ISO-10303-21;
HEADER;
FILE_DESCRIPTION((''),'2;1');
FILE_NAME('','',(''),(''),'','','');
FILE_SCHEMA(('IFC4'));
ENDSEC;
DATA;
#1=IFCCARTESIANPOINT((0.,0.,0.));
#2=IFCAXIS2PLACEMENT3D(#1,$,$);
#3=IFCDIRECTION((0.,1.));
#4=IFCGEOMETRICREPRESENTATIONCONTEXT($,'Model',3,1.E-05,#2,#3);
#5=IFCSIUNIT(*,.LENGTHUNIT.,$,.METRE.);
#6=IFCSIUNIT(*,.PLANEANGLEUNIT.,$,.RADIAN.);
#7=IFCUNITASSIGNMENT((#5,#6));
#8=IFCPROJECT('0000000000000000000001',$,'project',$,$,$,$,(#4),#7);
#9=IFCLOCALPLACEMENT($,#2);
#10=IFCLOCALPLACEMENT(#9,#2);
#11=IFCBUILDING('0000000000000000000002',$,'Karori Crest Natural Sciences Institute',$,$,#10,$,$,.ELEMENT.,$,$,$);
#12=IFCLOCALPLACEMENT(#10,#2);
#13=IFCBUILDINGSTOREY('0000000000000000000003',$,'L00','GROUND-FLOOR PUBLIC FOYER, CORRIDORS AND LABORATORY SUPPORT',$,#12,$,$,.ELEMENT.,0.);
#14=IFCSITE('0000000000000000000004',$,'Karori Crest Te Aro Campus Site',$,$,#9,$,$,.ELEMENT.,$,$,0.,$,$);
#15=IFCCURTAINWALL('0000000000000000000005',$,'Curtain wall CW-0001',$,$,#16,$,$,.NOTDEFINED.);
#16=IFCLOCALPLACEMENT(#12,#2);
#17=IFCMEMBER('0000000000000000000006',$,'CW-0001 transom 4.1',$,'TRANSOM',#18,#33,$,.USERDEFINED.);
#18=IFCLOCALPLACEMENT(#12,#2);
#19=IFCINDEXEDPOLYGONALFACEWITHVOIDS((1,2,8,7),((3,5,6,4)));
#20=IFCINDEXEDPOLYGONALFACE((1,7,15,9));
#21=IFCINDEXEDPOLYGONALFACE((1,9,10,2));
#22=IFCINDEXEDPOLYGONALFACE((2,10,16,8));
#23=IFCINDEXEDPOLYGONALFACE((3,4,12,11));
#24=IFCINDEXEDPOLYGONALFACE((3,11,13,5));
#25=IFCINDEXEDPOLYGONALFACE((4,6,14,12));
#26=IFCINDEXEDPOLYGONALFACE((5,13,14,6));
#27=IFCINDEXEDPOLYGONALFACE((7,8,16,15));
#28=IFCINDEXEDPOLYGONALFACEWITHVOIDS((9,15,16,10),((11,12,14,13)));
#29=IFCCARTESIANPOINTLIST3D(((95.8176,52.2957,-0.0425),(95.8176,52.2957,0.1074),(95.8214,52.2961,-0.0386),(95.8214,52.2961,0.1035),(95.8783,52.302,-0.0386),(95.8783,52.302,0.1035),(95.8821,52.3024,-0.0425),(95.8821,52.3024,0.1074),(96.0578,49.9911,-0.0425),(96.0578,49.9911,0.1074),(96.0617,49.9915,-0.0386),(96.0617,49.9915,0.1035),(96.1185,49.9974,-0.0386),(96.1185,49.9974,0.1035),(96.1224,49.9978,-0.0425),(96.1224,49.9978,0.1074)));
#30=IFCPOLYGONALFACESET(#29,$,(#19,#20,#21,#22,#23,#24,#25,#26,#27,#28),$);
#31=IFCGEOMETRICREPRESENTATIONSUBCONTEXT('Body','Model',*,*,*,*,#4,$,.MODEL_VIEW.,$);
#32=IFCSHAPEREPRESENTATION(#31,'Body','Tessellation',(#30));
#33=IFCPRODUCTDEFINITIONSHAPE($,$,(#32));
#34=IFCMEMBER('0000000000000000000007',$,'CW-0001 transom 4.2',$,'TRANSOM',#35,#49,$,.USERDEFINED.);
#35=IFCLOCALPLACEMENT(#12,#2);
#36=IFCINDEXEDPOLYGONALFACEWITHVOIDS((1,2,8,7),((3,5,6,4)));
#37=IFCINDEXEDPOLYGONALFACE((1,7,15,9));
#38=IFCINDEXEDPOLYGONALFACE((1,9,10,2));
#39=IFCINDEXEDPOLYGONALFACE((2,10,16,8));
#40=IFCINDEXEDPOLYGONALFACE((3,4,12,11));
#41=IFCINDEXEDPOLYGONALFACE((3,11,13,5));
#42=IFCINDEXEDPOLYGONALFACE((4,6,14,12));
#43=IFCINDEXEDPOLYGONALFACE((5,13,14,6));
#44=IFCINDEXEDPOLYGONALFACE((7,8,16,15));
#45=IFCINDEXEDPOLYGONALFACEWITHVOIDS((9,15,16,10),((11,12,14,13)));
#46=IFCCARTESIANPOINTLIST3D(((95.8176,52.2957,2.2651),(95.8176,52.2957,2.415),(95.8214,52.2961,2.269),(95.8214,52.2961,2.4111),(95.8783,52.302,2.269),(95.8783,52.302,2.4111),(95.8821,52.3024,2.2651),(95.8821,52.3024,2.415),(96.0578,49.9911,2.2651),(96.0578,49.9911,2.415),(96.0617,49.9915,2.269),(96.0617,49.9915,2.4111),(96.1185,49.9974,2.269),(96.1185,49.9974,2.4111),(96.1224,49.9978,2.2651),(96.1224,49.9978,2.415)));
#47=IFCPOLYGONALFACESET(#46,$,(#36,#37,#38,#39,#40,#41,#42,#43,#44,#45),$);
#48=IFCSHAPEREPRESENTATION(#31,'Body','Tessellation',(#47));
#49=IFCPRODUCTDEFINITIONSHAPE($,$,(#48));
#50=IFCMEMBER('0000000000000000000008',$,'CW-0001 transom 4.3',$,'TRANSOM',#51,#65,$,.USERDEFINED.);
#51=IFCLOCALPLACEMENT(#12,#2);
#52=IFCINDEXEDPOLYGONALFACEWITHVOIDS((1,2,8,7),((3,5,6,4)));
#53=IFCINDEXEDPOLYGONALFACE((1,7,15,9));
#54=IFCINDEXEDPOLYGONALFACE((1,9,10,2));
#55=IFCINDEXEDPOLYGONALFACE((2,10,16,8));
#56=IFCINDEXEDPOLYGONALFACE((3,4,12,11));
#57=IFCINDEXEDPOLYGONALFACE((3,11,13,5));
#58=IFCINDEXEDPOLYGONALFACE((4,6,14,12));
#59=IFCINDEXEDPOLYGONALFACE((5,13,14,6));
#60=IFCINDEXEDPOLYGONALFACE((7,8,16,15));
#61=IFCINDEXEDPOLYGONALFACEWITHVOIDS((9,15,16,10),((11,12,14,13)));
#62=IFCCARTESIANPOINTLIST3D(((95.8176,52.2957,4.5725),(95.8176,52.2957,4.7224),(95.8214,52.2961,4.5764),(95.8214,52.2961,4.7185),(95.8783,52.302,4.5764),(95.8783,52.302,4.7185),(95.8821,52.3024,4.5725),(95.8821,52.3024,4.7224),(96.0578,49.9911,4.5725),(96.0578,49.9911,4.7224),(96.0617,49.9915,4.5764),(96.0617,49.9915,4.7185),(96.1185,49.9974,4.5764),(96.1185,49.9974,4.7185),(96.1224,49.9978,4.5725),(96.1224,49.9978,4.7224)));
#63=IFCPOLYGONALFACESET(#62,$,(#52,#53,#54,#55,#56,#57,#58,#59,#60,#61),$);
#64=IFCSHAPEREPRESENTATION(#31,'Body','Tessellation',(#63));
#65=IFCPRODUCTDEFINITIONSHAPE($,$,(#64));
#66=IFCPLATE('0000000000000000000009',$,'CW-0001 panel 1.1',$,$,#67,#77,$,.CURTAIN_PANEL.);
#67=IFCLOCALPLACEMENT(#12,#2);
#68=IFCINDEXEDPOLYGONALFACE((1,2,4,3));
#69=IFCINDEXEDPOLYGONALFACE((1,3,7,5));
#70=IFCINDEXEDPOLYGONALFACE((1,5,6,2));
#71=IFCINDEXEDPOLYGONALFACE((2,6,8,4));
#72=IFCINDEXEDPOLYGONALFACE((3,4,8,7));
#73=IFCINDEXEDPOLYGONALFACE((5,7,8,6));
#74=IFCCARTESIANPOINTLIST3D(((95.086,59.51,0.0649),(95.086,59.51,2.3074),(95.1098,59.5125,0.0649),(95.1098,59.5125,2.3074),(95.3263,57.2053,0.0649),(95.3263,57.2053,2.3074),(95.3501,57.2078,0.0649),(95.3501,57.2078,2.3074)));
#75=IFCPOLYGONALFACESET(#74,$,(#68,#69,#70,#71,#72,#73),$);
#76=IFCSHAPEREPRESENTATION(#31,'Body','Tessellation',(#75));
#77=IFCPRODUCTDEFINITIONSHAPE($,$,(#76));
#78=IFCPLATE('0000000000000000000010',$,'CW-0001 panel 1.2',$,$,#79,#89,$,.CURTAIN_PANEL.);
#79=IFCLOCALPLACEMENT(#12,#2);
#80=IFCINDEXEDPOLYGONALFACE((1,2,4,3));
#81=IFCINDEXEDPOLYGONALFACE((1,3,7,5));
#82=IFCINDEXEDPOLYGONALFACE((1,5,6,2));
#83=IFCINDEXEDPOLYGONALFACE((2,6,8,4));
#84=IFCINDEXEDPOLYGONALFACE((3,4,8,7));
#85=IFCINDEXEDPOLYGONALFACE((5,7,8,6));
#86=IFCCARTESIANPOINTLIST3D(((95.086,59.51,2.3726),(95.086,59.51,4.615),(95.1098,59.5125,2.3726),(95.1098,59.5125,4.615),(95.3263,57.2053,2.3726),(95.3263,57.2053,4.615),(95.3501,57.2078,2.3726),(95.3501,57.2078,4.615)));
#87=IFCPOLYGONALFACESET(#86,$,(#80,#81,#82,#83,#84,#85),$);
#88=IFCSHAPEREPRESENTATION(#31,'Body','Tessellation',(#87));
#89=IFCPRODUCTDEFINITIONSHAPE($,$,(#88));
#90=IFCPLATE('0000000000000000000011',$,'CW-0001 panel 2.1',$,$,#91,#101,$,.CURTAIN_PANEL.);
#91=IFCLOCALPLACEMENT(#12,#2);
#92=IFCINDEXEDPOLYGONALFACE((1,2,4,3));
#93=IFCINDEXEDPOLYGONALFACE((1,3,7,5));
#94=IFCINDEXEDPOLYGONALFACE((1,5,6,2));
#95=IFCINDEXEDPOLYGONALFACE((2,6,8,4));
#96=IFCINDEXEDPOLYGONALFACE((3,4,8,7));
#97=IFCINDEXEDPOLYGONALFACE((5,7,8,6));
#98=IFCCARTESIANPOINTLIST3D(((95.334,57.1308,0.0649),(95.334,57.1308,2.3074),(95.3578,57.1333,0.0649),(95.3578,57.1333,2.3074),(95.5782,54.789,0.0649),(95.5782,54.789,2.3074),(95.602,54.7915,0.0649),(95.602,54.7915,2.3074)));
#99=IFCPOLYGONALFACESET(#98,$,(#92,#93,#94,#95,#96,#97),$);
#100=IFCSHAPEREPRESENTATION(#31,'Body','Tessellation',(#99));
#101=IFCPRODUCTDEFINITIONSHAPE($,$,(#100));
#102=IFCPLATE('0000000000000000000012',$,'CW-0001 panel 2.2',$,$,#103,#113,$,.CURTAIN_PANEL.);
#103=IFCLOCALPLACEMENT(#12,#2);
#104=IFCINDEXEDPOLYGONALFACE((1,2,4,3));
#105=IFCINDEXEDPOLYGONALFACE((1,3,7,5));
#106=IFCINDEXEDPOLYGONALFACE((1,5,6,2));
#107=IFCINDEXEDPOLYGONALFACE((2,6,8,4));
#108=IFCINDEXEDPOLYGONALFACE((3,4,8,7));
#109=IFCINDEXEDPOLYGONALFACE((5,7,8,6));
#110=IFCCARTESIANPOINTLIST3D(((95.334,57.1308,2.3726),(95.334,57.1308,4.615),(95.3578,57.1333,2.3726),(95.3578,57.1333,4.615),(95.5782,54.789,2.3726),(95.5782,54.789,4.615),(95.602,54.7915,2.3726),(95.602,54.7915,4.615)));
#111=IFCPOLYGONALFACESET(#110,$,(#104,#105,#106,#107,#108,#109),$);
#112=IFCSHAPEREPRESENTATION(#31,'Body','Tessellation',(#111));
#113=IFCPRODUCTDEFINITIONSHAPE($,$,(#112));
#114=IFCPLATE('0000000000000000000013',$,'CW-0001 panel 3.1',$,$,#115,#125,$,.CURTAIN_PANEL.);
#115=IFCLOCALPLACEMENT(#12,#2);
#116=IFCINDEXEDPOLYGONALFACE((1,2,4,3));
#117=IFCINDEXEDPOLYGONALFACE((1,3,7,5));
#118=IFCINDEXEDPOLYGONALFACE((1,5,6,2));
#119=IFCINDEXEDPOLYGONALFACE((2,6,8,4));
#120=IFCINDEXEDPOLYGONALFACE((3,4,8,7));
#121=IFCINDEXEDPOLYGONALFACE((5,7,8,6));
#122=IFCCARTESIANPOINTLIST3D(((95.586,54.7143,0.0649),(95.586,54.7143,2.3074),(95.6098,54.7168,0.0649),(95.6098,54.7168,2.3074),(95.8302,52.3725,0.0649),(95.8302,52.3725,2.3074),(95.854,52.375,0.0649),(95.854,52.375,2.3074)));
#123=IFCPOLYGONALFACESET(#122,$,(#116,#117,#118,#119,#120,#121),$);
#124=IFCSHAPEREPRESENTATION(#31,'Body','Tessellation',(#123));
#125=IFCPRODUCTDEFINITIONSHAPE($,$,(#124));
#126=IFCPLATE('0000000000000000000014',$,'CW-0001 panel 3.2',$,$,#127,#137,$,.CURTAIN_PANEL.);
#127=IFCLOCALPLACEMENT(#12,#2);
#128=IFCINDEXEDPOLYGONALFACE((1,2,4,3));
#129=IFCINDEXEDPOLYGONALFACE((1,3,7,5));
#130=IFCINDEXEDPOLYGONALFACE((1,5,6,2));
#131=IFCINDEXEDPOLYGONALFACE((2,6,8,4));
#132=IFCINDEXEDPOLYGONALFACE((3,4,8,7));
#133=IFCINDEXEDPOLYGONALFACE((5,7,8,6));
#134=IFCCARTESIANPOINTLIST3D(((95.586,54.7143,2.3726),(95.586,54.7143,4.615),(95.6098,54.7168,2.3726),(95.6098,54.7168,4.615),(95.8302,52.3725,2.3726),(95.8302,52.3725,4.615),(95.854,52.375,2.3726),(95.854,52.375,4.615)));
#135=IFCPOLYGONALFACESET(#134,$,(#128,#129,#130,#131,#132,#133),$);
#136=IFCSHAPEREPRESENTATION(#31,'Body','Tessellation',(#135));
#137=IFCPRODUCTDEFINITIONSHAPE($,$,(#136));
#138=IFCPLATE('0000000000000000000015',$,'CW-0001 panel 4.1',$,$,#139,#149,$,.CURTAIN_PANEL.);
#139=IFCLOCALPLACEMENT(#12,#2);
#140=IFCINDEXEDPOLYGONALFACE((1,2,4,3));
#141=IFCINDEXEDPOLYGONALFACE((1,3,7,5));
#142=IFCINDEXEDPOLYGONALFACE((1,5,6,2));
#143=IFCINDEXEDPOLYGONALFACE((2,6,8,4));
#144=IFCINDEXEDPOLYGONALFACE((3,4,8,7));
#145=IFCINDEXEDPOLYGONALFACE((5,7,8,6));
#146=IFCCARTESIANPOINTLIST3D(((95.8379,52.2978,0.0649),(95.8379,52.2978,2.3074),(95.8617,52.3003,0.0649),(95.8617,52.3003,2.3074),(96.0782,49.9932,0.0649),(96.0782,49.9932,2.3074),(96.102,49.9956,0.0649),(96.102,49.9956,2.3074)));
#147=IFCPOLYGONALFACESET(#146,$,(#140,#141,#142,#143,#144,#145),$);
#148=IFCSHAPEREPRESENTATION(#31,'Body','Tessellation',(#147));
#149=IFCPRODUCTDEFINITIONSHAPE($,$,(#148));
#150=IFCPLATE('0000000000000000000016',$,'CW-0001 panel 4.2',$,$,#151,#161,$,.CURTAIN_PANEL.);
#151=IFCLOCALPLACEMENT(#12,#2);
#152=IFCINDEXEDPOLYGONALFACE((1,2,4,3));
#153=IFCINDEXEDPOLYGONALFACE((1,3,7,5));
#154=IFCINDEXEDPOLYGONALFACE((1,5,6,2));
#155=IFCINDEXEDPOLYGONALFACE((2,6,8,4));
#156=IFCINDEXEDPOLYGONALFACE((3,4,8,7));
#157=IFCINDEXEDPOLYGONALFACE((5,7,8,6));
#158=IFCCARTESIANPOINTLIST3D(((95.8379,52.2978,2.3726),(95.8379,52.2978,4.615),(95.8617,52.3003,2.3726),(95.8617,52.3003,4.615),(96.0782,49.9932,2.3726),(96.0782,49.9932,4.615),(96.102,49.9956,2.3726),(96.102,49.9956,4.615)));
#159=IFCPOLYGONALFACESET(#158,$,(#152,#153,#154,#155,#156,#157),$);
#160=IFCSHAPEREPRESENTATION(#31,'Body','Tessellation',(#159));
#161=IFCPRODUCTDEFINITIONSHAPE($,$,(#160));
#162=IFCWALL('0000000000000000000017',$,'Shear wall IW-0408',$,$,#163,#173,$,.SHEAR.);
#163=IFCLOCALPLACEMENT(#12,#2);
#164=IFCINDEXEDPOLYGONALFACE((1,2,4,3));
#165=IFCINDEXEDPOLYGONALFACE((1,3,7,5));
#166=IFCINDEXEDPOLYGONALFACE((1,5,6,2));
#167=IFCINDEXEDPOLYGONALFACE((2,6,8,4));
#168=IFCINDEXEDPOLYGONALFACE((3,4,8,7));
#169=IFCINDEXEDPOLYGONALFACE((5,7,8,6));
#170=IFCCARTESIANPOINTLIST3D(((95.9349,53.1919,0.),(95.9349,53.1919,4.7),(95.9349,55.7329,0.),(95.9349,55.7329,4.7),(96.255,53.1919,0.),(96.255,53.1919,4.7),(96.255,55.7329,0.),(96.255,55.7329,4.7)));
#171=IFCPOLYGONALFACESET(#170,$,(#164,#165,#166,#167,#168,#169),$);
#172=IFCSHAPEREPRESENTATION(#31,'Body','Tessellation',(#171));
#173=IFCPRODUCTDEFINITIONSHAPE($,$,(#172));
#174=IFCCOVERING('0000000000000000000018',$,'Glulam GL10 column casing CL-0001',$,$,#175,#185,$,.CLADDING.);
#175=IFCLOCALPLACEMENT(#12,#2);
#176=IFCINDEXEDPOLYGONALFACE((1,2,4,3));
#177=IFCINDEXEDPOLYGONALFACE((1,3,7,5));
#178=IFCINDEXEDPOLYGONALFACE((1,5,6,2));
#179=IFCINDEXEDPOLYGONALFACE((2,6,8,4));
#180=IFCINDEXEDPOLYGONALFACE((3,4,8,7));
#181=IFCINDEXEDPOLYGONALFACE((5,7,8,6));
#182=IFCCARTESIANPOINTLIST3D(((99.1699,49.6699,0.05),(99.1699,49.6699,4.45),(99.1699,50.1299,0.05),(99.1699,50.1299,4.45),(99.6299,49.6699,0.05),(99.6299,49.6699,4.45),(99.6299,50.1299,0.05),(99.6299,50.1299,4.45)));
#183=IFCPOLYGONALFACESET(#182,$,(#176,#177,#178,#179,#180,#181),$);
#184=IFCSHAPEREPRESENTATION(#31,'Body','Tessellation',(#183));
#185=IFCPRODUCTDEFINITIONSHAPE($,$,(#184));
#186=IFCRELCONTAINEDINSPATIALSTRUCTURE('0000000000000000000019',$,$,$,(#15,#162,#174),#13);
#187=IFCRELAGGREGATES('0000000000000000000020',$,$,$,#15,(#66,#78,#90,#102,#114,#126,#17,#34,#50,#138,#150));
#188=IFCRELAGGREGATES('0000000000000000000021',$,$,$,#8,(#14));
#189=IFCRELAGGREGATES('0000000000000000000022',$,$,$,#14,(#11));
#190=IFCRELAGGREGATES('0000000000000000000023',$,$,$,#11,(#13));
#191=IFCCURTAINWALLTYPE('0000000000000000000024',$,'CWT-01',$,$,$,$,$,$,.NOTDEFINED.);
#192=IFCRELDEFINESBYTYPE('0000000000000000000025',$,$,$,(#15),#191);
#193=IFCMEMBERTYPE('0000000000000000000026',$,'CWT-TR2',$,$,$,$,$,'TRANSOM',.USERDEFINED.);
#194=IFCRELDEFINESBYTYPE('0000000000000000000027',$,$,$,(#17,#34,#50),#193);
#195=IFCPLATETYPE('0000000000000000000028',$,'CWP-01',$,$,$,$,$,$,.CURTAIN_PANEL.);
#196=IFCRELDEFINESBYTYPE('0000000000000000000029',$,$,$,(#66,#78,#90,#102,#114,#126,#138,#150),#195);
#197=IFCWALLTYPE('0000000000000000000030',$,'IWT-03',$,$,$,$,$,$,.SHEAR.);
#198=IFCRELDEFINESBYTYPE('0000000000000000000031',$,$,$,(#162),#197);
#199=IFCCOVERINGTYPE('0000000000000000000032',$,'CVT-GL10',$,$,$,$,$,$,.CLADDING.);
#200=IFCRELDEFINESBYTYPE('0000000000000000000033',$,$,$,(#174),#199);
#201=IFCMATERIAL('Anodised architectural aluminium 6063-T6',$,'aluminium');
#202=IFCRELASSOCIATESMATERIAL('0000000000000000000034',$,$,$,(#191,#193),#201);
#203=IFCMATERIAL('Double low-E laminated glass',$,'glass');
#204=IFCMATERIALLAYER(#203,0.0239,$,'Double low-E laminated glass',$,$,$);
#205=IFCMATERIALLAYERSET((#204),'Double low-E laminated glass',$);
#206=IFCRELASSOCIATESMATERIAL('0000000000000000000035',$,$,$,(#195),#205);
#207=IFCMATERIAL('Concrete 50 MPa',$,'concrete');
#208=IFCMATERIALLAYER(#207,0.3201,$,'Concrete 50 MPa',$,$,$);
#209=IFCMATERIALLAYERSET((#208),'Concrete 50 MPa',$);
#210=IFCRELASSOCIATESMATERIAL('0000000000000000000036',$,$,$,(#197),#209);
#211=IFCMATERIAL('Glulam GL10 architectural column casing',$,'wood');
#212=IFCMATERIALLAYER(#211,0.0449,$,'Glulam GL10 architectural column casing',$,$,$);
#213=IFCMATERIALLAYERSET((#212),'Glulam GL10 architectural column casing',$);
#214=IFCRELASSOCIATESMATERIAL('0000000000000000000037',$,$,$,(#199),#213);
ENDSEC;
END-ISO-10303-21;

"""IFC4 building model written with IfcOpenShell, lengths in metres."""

from ifc_helpers import new_model, si_unit, direction, frame, frame_2d, origin, origin_2d, place, context, subcontext, project, spatial, rectangle, hollow_rectangle, extrude, material, layer, layer_set, material_profile, profile_set, type_object, element, aggregate, save


model = new_model("IFC4")

# Units and contexts
model_context = context("Model", 3, precision=1e-05, world=origin(), true_north=direction((0.0, 1.0)))
body_context = subcontext(model_context, "Body", "Model", "MODEL_VIEW")
ifc_project = project(units=[si_unit("LENGTHUNIT", "METRE"), si_unit("PLANEANGLEUNIT", "RADIAN")], contexts=[model_context])

# Site, building, storey
site_placement = place(None, origin())
site = spatial("IfcSite", under=ifc_project, at=site_placement, Name="Karori Crest Te Aro Campus Site", CompositionType="ELEMENT", RefElevation=0.0)
building_placement = place(site_placement, origin())
building = spatial("IfcBuilding", under=site, at=building_placement, Name="Karori Crest Natural Sciences Institute", CompositionType="ELEMENT")
storey_placement = place(building_placement, origin())
storey = spatial("IfcBuildingStorey", under=building, at=storey_placement, Name="L00", Description="GROUND-FLOOR PUBLIC FOYER, CORRIDORS AND LABORATORY SUPPORT", CompositionType="ELEMENT", Elevation=0.0)

# Curtain wall, members, plates
ifc_material_1 = material(Name="Anodised architectural aluminium 6063-T6", Category="aluminium")
curtain_wall_type = type_object("IfcCurtainWallType", Name="CWT-01", PredefinedType="NOTDEFINED", material=ifc_material_1)
curtain_wall_placement = place(storey_placement, origin())
curtain_wall = element("IfcCurtainWall", 1, at=curtain_wall_placement, inside=storey, type_object=curtain_wall_type, Name="Curtain wall CW-0001", PredefinedType="NOTDEFINED")
ifc_material_profile_1 = material_profile(ifc_material_1, hollow_rectangle(XDim=0.0649, YDim=0.1499, WallThickness=0.0039, at=origin_2d()), Name="CWT150x65x4")
ifc_profile_set_1 = profile_set([ifc_material_profile_1], Name="Anodised architectural aluminium 6063-T6")
member_type_1 = type_object("IfcMemberType", Name="CWT-TR2", ElementType="TRANSOM", PredefinedType="USERDEFINED", material=ifc_profile_set_1)
member_1_placement = place(storey_placement, frame((95.8499, 52.2991, 0.0325), z_axis=(0.103676, -0.994611, 0.0), x_axis=(0.994611, 0.103676, 0.0)))
member_1 = element("IfcMember", 2, at=member_1_placement, type_object=member_type_1, Name="CW-0001 transom 4.1", ObjectType="TRANSOM", PredefinedType="USERDEFINED", context=body_context, shape_type="SweptSolid", body=[
    extrude(hollow_rectangle(XDim=0.0649, YDim=0.1499, WallThickness=0.0039, at=origin_2d()), origin(), (0.0, 0.0, 1.0), 2.3171),
])
member_2_placement = place(storey_placement, frame((95.8499, 52.2991, 2.3401), z_axis=(0.103676, -0.994611, 0.0), x_axis=(0.994611, 0.103676, 0.0)))
member_2 = element("IfcMember", 3, at=member_2_placement, type_object=member_type_1, Name="CW-0001 transom 4.2", ObjectType="TRANSOM", PredefinedType="USERDEFINED", context=body_context, shape_type="SweptSolid", body=[
    extrude(hollow_rectangle(XDim=0.0649, YDim=0.1499, WallThickness=0.0039, at=origin_2d()), origin(), (0.0, 0.0, 1.0), 2.3171),
])
member_3_placement = place(storey_placement, frame((95.8499, 52.2991, 4.6475), z_axis=(0.103676, -0.994611, 0.0), x_axis=(0.994611, 0.103676, 0.0)))
member_3 = element("IfcMember", 4, at=member_3_placement, type_object=member_type_1, Name="CW-0001 transom 4.3", ObjectType="TRANSOM", PredefinedType="USERDEFINED", context=body_context, shape_type="SweptSolid", body=[
    extrude(hollow_rectangle(XDim=0.0649, YDim=0.1499, WallThickness=0.0039, at=origin_2d()), origin(), (0.0, 0.0, 1.0), 2.3171),
])
ifc_material_2 = material(Name="Double low-E laminated glass", Category="glass")
ifc_layer_1 = layer(ifc_material_2, 0.0239, Name="Double low-E laminated glass")
ifc_layer_set_1 = layer_set([ifc_layer_1], Name="Double low-E laminated glass")
plate_type = type_object("IfcPlateType", Name="CWP-01", PredefinedType="CURTAIN_PANEL", material=ifc_layer_set_1)
plate_1_placement = place(storey_placement, frame((95.218, 58.3589, 0.0649), z_axis=(0.0, 0.0, 1.0), x_axis=(0.103701, -0.994608, 0.0)))
plate_1 = element("IfcPlate", 5, at=plate_1_placement, type_object=plate_type, Name="CW-0001 panel 1.1", PredefinedType="CURTAIN_PANEL", context=body_context, shape_type="SweptSolid", body=[
    extrude(rectangle(XDim=2.3171, YDim=0.0239, at=origin_2d()), origin(), (0.0, 0.0, 1.0), 2.2424),
])
plate_2_placement = place(storey_placement, frame((95.218, 58.3589, 2.3726), z_axis=(0.0, 0.0, 1.0), x_axis=(0.103701, -0.994608, 0.0)))
plate_2 = element("IfcPlate", 6, at=plate_2_placement, type_object=plate_type, Name="CW-0001 panel 1.2", PredefinedType="CURTAIN_PANEL", context=body_context, shape_type="SweptSolid", body=[
    extrude(rectangle(XDim=2.3171, YDim=0.0239, at=origin_2d()), origin(), (0.0, 0.0, 1.0), 2.2424),
])
plate_3_placement = place(storey_placement, frame((95.468, 55.9612, 0.0649), z_axis=(0.0, 0.0, 1.0), x_axis=(0.103701, -0.994608, 0.0)))
plate_3 = element("IfcPlate", 7, at=plate_3_placement, type_object=plate_type, Name="CW-0001 panel 2.1", PredefinedType="CURTAIN_PANEL", context=body_context, shape_type="SweptSolid", body=[
    extrude(rectangle(XDim=2.3545, YDim=0.0239, at=origin_2d()), origin(), (0.0, 0.0, 1.0), 2.2424),
])
plate_4_placement = place(storey_placement, frame((95.468, 55.9612, 2.3726), z_axis=(0.0, 0.0, 1.0), x_axis=(0.103701, -0.994608, 0.0)))
plate_4 = element("IfcPlate", 8, at=plate_4_placement, type_object=plate_type, Name="CW-0001 panel 2.2", PredefinedType="CURTAIN_PANEL", context=body_context, shape_type="SweptSolid", body=[
    extrude(rectangle(XDim=2.3545, YDim=0.0239, at=origin_2d()), origin(), (0.0, 0.0, 1.0), 2.2424),
])
plate_5_placement = place(storey_placement, frame((95.72, 53.5447, 0.0649), z_axis=(0.0, 0.0, 1.0), x_axis=(0.103701, -0.994608, 0.0)))
plate_5 = element("IfcPlate", 9, at=plate_5_placement, type_object=plate_type, Name="CW-0001 panel 3.1", PredefinedType="CURTAIN_PANEL", context=body_context, shape_type="SweptSolid", body=[
    extrude(rectangle(XDim=2.3545, YDim=0.0239, at=origin_2d()), origin(), (0.0, 0.0, 1.0), 2.2424),
])
plate_6_placement = place(storey_placement, frame((95.72, 53.5447, 2.3726), z_axis=(0.0, 0.0, 1.0), x_axis=(0.103701, -0.994608, 0.0)))
plate_6 = element("IfcPlate", 10, at=plate_6_placement, type_object=plate_type, Name="CW-0001 panel 3.2", PredefinedType="CURTAIN_PANEL", context=body_context, shape_type="SweptSolid", body=[
    extrude(rectangle(XDim=2.3545, YDim=0.0239, at=origin_2d()), origin(), (0.0, 0.0, 1.0), 2.2424),
])
plate_7_placement = place(storey_placement, frame((95.97, 51.1467, 0.0649), z_axis=(0.0, 0.0, 1.0), x_axis=(0.103701, -0.994608, 0.0)))
plate_7 = element("IfcPlate", 11, at=plate_7_placement, type_object=plate_type, Name="CW-0001 panel 4.1", PredefinedType="CURTAIN_PANEL", context=body_context, shape_type="SweptSolid", body=[
    extrude(rectangle(XDim=2.3171, YDim=0.0239, at=origin_2d()), origin(), (0.0, 0.0, 1.0), 2.2424),
])
plate_8_placement = place(storey_placement, frame((95.97, 51.1467, 2.3726), z_axis=(0.0, 0.0, 1.0), x_axis=(0.103701, -0.994608, 0.0)))
plate_8 = element("IfcPlate", 12, at=plate_8_placement, type_object=plate_type, Name="CW-0001 panel 4.2", PredefinedType="CURTAIN_PANEL", context=body_context, shape_type="SweptSolid", body=[
    extrude(rectangle(XDim=2.3171, YDim=0.0239, at=origin_2d()), origin(), (0.0, 0.0, 1.0), 2.2424),
])
aggregate(curtain_wall, [plate_1, plate_2, plate_3, plate_4, plate_5, plate_6, member_1, member_2, member_3, plate_7, plate_8])

# Wall
ifc_material_3 = material(Name="Concrete 50 MPa", Category="concrete")
ifc_layer_2 = layer(ifc_material_3, 0.3201, Name="Concrete 50 MPa")
ifc_layer_set_2 = layer_set([ifc_layer_2], Name="Concrete 50 MPa")
wall_type = type_object("IfcWallType", Name="IWT-03", PredefinedType="SHEAR", material=ifc_layer_set_2)
wall_placement = place(storey_placement, frame((96.095, 53.1919, 0.0), z_axis=(0.0, 0.0, 1.0), x_axis=(0.0, 1.0, 0.0)))
element("IfcWall", 13, at=wall_placement, inside=storey, type_object=wall_type, Name="Shear wall IW-0408", PredefinedType="SHEAR", context=body_context, shape_type="SweptSolid", body=[
    extrude(rectangle(XDim=2.541, YDim=0.3201, at=frame_2d((1.2705, 0.0))), origin(), (0.0, 0.0, 1.0), 4.7),
])

# Covering
ifc_material_4 = material(Name="Glulam GL10 architectural column casing", Category="wood")
ifc_layer_3 = layer(ifc_material_4, 0.0449, Name="Glulam GL10 architectural column casing")
ifc_layer_set_3 = layer_set([ifc_layer_3], Name="Glulam GL10 architectural column casing")
covering_type = type_object("IfcCoveringType", Name="CVT-GL10", PredefinedType="CLADDING", material=ifc_layer_set_3)
for number, where, z_axis, x_axis, name in (
    (14, (99.3999, 49.8999, 0.05), (0.0, 0.0, 1.0), (1.0, 0.0, 0.0), "Glulam GL10 column casing CL-0001"),
):
    element("IfcCovering", number, at=place(storey_placement, frame(where, z_axis=z_axis, x_axis=x_axis)), inside=storey, type_object=covering_type, Name=name, PredefinedType="CLADDING", context=body_context, shape_type="SweptSolid", body=[
        extrude(rectangle(XDim=0.46, YDim=0.46, at=origin_2d()), origin(), (0.0, 0.0, 1.0), 4.3999),
    ])

save(model, "model.ifc")
